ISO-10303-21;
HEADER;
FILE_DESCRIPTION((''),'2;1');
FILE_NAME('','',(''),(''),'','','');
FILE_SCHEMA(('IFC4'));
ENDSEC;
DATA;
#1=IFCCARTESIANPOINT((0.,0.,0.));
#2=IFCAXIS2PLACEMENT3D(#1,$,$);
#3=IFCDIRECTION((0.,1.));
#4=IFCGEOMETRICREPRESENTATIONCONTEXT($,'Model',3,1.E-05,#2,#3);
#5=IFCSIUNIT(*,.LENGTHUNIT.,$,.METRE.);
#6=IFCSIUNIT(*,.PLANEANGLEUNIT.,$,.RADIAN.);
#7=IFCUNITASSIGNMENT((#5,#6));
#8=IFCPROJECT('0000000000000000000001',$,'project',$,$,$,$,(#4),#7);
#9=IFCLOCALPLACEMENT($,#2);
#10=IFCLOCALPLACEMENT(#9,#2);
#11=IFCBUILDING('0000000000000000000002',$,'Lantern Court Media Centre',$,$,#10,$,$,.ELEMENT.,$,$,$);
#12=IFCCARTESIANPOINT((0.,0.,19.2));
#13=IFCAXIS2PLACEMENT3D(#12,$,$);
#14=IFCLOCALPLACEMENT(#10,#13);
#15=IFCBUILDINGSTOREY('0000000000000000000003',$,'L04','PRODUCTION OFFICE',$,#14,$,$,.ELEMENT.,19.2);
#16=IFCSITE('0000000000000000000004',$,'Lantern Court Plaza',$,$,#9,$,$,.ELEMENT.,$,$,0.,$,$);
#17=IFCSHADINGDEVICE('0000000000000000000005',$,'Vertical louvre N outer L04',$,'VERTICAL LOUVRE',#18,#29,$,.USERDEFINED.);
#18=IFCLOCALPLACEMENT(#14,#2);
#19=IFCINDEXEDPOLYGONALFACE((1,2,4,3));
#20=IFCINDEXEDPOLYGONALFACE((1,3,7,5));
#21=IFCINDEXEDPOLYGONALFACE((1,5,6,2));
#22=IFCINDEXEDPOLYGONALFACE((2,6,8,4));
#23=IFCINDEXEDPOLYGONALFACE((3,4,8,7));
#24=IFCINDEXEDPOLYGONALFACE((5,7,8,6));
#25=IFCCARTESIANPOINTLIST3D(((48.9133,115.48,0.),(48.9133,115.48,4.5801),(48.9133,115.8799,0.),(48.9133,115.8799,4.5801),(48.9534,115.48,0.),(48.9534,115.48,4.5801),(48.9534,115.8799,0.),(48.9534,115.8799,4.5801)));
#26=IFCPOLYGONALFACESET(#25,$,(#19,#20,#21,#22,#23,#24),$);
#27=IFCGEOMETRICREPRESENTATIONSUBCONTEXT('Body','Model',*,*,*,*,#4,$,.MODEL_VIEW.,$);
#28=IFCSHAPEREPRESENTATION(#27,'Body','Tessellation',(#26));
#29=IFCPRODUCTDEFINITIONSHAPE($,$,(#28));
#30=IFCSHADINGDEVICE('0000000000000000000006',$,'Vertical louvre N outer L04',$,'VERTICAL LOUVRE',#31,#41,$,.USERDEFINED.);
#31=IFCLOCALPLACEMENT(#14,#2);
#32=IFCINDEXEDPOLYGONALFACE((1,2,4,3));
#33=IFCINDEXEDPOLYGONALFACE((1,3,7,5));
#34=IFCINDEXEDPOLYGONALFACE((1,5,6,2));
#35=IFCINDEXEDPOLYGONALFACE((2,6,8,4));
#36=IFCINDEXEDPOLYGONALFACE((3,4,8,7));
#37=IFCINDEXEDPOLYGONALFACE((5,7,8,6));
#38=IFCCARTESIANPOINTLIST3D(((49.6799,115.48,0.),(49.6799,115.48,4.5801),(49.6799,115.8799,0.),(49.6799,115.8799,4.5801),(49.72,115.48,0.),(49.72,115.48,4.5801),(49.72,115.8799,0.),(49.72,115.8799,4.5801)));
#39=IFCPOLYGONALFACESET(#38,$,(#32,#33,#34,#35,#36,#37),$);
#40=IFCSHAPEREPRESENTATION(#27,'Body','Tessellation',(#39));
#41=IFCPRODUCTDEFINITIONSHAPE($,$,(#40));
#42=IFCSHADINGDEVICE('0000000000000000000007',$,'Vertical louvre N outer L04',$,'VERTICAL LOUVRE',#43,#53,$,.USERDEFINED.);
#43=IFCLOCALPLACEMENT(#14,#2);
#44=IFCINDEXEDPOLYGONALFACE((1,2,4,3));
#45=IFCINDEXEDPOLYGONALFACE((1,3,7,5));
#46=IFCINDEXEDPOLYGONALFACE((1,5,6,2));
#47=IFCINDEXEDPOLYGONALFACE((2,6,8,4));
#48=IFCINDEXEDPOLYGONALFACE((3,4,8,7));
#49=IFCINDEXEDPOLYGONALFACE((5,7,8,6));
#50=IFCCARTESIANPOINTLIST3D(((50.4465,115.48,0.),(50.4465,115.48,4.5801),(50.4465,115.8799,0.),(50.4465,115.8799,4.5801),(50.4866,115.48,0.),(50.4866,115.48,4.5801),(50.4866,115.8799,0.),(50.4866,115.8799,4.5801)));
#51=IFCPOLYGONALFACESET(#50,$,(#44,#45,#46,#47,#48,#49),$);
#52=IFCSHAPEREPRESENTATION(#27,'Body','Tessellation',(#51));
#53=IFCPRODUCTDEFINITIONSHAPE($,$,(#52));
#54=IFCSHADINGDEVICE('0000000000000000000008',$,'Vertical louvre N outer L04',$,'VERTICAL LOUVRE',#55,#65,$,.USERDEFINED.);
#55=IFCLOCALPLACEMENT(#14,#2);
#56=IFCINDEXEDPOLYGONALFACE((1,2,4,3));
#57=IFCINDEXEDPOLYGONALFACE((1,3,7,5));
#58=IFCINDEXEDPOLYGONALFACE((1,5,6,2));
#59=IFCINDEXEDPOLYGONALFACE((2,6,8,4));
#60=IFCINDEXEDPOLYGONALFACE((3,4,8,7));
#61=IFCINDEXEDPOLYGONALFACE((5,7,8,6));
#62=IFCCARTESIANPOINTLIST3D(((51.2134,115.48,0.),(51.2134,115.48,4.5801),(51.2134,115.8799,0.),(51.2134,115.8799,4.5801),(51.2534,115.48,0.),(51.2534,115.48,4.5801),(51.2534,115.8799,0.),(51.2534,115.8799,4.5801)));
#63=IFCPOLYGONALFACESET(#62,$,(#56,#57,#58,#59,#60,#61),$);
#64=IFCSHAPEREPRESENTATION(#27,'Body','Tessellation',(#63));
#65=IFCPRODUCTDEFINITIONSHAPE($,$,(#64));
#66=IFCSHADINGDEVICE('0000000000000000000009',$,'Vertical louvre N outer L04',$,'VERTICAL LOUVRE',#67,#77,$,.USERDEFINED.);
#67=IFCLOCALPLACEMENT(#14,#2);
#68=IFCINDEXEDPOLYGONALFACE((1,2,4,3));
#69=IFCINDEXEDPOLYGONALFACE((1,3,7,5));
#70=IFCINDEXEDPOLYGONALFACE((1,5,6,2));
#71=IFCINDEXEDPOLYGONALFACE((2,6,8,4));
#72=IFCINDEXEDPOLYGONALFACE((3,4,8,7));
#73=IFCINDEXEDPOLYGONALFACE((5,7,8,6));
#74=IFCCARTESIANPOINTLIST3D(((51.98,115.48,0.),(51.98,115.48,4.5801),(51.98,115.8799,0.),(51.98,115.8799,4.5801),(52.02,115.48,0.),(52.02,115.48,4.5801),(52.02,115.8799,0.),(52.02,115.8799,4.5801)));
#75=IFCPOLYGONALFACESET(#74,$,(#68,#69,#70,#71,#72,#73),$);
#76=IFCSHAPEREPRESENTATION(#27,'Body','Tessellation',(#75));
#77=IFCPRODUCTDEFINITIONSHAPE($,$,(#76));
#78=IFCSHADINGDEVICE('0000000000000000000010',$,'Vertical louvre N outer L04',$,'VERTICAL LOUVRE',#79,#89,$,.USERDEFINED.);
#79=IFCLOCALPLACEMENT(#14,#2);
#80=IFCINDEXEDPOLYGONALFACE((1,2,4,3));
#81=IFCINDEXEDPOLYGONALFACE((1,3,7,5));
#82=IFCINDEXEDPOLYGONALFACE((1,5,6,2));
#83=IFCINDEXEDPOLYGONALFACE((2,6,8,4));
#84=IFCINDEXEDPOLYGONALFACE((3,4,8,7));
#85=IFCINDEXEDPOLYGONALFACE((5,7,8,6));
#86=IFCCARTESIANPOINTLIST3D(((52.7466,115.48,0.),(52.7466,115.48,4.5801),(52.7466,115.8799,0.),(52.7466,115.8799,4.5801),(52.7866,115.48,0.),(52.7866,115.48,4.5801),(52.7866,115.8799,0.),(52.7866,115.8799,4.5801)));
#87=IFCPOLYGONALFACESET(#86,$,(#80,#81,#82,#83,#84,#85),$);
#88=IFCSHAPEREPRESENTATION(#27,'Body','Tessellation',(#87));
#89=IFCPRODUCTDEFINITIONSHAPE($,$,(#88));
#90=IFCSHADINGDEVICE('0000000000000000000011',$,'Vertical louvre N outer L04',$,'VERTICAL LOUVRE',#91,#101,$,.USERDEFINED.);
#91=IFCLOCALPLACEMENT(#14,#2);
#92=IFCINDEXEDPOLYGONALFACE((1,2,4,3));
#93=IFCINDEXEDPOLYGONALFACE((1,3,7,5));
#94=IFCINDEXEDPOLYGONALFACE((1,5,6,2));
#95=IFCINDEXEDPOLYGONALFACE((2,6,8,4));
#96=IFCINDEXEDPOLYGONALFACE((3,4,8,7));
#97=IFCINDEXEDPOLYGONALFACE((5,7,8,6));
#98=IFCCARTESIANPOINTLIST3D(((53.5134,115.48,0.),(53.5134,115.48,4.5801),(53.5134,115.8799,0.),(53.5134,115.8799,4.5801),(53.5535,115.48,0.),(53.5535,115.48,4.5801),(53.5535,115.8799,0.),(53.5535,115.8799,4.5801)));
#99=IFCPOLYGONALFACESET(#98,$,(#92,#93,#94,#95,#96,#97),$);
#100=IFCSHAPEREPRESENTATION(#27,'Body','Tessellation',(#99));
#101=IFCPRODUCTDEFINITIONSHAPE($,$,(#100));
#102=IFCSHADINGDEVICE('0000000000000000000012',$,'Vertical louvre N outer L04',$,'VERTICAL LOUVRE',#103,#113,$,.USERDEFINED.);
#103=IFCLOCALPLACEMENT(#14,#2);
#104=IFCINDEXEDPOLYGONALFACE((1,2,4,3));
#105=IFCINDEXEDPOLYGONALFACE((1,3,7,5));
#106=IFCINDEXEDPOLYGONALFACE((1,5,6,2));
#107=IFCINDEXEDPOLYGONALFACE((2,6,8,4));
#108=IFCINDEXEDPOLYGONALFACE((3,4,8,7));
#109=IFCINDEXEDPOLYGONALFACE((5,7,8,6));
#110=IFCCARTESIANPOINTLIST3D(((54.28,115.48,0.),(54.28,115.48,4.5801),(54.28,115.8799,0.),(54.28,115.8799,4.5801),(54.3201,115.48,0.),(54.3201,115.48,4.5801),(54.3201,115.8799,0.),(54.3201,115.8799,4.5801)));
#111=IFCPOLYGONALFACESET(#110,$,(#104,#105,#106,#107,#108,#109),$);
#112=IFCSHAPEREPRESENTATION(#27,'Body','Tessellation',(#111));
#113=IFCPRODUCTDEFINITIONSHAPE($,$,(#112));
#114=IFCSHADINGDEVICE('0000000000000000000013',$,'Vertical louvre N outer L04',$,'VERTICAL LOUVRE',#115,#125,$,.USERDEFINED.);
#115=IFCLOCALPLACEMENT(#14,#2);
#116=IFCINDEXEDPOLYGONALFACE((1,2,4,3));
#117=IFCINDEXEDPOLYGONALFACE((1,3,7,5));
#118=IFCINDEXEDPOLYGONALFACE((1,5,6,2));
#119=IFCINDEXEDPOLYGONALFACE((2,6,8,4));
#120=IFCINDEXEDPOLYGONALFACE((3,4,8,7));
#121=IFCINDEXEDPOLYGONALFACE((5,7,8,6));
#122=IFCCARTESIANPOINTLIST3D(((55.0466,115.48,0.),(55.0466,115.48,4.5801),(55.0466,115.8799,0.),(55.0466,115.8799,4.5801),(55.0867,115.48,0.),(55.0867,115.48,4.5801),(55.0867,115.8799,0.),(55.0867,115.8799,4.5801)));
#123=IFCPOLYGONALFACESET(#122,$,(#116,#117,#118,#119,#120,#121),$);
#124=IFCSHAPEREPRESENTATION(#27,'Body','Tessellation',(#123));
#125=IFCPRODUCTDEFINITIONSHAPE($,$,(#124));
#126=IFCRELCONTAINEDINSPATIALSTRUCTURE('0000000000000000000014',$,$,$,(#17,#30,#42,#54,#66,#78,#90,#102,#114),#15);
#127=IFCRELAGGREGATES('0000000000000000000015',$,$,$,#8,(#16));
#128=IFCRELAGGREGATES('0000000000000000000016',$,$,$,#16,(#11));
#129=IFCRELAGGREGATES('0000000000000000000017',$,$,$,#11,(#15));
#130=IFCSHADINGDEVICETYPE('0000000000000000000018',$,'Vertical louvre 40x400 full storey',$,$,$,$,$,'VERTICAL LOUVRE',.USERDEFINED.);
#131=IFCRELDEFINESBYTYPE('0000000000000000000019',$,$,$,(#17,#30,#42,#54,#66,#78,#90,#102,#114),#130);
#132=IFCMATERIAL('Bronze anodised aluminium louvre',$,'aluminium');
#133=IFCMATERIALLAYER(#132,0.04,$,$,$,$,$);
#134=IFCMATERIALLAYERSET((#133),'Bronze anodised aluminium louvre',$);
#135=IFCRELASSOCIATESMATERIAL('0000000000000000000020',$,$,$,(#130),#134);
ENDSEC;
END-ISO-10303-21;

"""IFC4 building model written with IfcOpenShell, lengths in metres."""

from ifc_helpers import new_model, si_unit, direction, frame, origin, origin_2d, place, context, subcontext, project, spatial, rectangle, extrude, material, layer, layer_set, type_object, element, save


model = new_model("IFC4")

# Units and contexts
model_context = context("Model", 3, precision=1e-05, world=origin(), true_north=direction((0.0, 1.0)))
body_context = subcontext(model_context, "Body", "Model", "MODEL_VIEW")
ifc_project = project(units=[si_unit("LENGTHUNIT", "METRE"), si_unit("PLANEANGLEUNIT", "RADIAN")], contexts=[model_context])

# Site, building, storey
site_placement = place(None, origin())
site = spatial("IfcSite", under=ifc_project, at=site_placement, Name="Lantern Court Plaza", CompositionType="ELEMENT", RefElevation=0.0)
building_placement = place(site_placement, origin())
building = spatial("IfcBuilding", under=site, at=building_placement, Name="Lantern Court Media Centre", CompositionType="ELEMENT")
storey_placement = place(building_placement, frame((0.0, 0.0, 19.2)))
storey = spatial("IfcBuildingStorey", under=building, at=storey_placement, Name="L04", Description="PRODUCTION OFFICE", CompositionType="ELEMENT", Elevation=19.2)

# Shading devices
ifc_material_1 = material(Name="Bronze anodised aluminium louvre", Category="aluminium")
ifc_layer_1 = layer(ifc_material_1, 0.04)
ifc_layer_set_1 = layer_set([ifc_layer_1], Name="Bronze anodised aluminium louvre")
shading_device_type = type_object("IfcShadingDeviceType", Name="Vertical louvre 40x400 full storey", ElementType="VERTICAL LOUVRE", PredefinedType="USERDEFINED", material=ifc_layer_set_1)
for number, where, z_axis, x_axis, name in (
    (1, (48.9333, 115.6799, 0.0), (0.0, 0.0, 1.0), (1.0, 0.0, 0.0), "Vertical louvre N outer L04"),
    (2, (49.7, 115.6799, 0.0), (0.0, 0.0, 1.0), (1.0, 0.0, 0.0), "Vertical louvre N outer L04"),
    (3, (50.4666, 115.6799, 0.0), (0.0, 0.0, 1.0), (1.0, 0.0, 0.0), "Vertical louvre N outer L04"),
    (4, (51.2334, 115.6799, 0.0), (0.0, 0.0, 1.0), (1.0, 0.0, 0.0), "Vertical louvre N outer L04"),
    (5, (52.0, 115.6799, 0.0), (0.0, 0.0, 1.0), (1.0, 0.0, 0.0), "Vertical louvre N outer L04"),
    (6, (52.7666, 115.6799, 0.0), (0.0, 0.0, 1.0), (1.0, 0.0, 0.0), "Vertical louvre N outer L04"),
    (7, (53.5334, 115.6799, 0.0), (0.0, 0.0, 1.0), (1.0, 0.0, 0.0), "Vertical louvre N outer L04"),
    (8, (54.3, 115.6799, 0.0), (0.0, 0.0, 1.0), (1.0, 0.0, 0.0), "Vertical louvre N outer L04"),
    (9, (55.0667, 115.6799, 0.0), (0.0, 0.0, 1.0), (1.0, 0.0, 0.0), "Vertical louvre N outer L04"),
):
    element("IfcShadingDevice", number, at=place(storey_placement, frame(where, z_axis=z_axis, x_axis=x_axis)), inside=storey, type_object=shading_device_type, Name=name, ObjectType="VERTICAL LOUVRE", PredefinedType="USERDEFINED", context=body_context, shape_type="SweptSolid", body=[
        extrude(rectangle(XDim=0.04, YDim=0.3999, at=origin_2d()), origin(), (0.0, 0.0, 1.0), 4.5801),
    ])

save(model, "model.ifc")
